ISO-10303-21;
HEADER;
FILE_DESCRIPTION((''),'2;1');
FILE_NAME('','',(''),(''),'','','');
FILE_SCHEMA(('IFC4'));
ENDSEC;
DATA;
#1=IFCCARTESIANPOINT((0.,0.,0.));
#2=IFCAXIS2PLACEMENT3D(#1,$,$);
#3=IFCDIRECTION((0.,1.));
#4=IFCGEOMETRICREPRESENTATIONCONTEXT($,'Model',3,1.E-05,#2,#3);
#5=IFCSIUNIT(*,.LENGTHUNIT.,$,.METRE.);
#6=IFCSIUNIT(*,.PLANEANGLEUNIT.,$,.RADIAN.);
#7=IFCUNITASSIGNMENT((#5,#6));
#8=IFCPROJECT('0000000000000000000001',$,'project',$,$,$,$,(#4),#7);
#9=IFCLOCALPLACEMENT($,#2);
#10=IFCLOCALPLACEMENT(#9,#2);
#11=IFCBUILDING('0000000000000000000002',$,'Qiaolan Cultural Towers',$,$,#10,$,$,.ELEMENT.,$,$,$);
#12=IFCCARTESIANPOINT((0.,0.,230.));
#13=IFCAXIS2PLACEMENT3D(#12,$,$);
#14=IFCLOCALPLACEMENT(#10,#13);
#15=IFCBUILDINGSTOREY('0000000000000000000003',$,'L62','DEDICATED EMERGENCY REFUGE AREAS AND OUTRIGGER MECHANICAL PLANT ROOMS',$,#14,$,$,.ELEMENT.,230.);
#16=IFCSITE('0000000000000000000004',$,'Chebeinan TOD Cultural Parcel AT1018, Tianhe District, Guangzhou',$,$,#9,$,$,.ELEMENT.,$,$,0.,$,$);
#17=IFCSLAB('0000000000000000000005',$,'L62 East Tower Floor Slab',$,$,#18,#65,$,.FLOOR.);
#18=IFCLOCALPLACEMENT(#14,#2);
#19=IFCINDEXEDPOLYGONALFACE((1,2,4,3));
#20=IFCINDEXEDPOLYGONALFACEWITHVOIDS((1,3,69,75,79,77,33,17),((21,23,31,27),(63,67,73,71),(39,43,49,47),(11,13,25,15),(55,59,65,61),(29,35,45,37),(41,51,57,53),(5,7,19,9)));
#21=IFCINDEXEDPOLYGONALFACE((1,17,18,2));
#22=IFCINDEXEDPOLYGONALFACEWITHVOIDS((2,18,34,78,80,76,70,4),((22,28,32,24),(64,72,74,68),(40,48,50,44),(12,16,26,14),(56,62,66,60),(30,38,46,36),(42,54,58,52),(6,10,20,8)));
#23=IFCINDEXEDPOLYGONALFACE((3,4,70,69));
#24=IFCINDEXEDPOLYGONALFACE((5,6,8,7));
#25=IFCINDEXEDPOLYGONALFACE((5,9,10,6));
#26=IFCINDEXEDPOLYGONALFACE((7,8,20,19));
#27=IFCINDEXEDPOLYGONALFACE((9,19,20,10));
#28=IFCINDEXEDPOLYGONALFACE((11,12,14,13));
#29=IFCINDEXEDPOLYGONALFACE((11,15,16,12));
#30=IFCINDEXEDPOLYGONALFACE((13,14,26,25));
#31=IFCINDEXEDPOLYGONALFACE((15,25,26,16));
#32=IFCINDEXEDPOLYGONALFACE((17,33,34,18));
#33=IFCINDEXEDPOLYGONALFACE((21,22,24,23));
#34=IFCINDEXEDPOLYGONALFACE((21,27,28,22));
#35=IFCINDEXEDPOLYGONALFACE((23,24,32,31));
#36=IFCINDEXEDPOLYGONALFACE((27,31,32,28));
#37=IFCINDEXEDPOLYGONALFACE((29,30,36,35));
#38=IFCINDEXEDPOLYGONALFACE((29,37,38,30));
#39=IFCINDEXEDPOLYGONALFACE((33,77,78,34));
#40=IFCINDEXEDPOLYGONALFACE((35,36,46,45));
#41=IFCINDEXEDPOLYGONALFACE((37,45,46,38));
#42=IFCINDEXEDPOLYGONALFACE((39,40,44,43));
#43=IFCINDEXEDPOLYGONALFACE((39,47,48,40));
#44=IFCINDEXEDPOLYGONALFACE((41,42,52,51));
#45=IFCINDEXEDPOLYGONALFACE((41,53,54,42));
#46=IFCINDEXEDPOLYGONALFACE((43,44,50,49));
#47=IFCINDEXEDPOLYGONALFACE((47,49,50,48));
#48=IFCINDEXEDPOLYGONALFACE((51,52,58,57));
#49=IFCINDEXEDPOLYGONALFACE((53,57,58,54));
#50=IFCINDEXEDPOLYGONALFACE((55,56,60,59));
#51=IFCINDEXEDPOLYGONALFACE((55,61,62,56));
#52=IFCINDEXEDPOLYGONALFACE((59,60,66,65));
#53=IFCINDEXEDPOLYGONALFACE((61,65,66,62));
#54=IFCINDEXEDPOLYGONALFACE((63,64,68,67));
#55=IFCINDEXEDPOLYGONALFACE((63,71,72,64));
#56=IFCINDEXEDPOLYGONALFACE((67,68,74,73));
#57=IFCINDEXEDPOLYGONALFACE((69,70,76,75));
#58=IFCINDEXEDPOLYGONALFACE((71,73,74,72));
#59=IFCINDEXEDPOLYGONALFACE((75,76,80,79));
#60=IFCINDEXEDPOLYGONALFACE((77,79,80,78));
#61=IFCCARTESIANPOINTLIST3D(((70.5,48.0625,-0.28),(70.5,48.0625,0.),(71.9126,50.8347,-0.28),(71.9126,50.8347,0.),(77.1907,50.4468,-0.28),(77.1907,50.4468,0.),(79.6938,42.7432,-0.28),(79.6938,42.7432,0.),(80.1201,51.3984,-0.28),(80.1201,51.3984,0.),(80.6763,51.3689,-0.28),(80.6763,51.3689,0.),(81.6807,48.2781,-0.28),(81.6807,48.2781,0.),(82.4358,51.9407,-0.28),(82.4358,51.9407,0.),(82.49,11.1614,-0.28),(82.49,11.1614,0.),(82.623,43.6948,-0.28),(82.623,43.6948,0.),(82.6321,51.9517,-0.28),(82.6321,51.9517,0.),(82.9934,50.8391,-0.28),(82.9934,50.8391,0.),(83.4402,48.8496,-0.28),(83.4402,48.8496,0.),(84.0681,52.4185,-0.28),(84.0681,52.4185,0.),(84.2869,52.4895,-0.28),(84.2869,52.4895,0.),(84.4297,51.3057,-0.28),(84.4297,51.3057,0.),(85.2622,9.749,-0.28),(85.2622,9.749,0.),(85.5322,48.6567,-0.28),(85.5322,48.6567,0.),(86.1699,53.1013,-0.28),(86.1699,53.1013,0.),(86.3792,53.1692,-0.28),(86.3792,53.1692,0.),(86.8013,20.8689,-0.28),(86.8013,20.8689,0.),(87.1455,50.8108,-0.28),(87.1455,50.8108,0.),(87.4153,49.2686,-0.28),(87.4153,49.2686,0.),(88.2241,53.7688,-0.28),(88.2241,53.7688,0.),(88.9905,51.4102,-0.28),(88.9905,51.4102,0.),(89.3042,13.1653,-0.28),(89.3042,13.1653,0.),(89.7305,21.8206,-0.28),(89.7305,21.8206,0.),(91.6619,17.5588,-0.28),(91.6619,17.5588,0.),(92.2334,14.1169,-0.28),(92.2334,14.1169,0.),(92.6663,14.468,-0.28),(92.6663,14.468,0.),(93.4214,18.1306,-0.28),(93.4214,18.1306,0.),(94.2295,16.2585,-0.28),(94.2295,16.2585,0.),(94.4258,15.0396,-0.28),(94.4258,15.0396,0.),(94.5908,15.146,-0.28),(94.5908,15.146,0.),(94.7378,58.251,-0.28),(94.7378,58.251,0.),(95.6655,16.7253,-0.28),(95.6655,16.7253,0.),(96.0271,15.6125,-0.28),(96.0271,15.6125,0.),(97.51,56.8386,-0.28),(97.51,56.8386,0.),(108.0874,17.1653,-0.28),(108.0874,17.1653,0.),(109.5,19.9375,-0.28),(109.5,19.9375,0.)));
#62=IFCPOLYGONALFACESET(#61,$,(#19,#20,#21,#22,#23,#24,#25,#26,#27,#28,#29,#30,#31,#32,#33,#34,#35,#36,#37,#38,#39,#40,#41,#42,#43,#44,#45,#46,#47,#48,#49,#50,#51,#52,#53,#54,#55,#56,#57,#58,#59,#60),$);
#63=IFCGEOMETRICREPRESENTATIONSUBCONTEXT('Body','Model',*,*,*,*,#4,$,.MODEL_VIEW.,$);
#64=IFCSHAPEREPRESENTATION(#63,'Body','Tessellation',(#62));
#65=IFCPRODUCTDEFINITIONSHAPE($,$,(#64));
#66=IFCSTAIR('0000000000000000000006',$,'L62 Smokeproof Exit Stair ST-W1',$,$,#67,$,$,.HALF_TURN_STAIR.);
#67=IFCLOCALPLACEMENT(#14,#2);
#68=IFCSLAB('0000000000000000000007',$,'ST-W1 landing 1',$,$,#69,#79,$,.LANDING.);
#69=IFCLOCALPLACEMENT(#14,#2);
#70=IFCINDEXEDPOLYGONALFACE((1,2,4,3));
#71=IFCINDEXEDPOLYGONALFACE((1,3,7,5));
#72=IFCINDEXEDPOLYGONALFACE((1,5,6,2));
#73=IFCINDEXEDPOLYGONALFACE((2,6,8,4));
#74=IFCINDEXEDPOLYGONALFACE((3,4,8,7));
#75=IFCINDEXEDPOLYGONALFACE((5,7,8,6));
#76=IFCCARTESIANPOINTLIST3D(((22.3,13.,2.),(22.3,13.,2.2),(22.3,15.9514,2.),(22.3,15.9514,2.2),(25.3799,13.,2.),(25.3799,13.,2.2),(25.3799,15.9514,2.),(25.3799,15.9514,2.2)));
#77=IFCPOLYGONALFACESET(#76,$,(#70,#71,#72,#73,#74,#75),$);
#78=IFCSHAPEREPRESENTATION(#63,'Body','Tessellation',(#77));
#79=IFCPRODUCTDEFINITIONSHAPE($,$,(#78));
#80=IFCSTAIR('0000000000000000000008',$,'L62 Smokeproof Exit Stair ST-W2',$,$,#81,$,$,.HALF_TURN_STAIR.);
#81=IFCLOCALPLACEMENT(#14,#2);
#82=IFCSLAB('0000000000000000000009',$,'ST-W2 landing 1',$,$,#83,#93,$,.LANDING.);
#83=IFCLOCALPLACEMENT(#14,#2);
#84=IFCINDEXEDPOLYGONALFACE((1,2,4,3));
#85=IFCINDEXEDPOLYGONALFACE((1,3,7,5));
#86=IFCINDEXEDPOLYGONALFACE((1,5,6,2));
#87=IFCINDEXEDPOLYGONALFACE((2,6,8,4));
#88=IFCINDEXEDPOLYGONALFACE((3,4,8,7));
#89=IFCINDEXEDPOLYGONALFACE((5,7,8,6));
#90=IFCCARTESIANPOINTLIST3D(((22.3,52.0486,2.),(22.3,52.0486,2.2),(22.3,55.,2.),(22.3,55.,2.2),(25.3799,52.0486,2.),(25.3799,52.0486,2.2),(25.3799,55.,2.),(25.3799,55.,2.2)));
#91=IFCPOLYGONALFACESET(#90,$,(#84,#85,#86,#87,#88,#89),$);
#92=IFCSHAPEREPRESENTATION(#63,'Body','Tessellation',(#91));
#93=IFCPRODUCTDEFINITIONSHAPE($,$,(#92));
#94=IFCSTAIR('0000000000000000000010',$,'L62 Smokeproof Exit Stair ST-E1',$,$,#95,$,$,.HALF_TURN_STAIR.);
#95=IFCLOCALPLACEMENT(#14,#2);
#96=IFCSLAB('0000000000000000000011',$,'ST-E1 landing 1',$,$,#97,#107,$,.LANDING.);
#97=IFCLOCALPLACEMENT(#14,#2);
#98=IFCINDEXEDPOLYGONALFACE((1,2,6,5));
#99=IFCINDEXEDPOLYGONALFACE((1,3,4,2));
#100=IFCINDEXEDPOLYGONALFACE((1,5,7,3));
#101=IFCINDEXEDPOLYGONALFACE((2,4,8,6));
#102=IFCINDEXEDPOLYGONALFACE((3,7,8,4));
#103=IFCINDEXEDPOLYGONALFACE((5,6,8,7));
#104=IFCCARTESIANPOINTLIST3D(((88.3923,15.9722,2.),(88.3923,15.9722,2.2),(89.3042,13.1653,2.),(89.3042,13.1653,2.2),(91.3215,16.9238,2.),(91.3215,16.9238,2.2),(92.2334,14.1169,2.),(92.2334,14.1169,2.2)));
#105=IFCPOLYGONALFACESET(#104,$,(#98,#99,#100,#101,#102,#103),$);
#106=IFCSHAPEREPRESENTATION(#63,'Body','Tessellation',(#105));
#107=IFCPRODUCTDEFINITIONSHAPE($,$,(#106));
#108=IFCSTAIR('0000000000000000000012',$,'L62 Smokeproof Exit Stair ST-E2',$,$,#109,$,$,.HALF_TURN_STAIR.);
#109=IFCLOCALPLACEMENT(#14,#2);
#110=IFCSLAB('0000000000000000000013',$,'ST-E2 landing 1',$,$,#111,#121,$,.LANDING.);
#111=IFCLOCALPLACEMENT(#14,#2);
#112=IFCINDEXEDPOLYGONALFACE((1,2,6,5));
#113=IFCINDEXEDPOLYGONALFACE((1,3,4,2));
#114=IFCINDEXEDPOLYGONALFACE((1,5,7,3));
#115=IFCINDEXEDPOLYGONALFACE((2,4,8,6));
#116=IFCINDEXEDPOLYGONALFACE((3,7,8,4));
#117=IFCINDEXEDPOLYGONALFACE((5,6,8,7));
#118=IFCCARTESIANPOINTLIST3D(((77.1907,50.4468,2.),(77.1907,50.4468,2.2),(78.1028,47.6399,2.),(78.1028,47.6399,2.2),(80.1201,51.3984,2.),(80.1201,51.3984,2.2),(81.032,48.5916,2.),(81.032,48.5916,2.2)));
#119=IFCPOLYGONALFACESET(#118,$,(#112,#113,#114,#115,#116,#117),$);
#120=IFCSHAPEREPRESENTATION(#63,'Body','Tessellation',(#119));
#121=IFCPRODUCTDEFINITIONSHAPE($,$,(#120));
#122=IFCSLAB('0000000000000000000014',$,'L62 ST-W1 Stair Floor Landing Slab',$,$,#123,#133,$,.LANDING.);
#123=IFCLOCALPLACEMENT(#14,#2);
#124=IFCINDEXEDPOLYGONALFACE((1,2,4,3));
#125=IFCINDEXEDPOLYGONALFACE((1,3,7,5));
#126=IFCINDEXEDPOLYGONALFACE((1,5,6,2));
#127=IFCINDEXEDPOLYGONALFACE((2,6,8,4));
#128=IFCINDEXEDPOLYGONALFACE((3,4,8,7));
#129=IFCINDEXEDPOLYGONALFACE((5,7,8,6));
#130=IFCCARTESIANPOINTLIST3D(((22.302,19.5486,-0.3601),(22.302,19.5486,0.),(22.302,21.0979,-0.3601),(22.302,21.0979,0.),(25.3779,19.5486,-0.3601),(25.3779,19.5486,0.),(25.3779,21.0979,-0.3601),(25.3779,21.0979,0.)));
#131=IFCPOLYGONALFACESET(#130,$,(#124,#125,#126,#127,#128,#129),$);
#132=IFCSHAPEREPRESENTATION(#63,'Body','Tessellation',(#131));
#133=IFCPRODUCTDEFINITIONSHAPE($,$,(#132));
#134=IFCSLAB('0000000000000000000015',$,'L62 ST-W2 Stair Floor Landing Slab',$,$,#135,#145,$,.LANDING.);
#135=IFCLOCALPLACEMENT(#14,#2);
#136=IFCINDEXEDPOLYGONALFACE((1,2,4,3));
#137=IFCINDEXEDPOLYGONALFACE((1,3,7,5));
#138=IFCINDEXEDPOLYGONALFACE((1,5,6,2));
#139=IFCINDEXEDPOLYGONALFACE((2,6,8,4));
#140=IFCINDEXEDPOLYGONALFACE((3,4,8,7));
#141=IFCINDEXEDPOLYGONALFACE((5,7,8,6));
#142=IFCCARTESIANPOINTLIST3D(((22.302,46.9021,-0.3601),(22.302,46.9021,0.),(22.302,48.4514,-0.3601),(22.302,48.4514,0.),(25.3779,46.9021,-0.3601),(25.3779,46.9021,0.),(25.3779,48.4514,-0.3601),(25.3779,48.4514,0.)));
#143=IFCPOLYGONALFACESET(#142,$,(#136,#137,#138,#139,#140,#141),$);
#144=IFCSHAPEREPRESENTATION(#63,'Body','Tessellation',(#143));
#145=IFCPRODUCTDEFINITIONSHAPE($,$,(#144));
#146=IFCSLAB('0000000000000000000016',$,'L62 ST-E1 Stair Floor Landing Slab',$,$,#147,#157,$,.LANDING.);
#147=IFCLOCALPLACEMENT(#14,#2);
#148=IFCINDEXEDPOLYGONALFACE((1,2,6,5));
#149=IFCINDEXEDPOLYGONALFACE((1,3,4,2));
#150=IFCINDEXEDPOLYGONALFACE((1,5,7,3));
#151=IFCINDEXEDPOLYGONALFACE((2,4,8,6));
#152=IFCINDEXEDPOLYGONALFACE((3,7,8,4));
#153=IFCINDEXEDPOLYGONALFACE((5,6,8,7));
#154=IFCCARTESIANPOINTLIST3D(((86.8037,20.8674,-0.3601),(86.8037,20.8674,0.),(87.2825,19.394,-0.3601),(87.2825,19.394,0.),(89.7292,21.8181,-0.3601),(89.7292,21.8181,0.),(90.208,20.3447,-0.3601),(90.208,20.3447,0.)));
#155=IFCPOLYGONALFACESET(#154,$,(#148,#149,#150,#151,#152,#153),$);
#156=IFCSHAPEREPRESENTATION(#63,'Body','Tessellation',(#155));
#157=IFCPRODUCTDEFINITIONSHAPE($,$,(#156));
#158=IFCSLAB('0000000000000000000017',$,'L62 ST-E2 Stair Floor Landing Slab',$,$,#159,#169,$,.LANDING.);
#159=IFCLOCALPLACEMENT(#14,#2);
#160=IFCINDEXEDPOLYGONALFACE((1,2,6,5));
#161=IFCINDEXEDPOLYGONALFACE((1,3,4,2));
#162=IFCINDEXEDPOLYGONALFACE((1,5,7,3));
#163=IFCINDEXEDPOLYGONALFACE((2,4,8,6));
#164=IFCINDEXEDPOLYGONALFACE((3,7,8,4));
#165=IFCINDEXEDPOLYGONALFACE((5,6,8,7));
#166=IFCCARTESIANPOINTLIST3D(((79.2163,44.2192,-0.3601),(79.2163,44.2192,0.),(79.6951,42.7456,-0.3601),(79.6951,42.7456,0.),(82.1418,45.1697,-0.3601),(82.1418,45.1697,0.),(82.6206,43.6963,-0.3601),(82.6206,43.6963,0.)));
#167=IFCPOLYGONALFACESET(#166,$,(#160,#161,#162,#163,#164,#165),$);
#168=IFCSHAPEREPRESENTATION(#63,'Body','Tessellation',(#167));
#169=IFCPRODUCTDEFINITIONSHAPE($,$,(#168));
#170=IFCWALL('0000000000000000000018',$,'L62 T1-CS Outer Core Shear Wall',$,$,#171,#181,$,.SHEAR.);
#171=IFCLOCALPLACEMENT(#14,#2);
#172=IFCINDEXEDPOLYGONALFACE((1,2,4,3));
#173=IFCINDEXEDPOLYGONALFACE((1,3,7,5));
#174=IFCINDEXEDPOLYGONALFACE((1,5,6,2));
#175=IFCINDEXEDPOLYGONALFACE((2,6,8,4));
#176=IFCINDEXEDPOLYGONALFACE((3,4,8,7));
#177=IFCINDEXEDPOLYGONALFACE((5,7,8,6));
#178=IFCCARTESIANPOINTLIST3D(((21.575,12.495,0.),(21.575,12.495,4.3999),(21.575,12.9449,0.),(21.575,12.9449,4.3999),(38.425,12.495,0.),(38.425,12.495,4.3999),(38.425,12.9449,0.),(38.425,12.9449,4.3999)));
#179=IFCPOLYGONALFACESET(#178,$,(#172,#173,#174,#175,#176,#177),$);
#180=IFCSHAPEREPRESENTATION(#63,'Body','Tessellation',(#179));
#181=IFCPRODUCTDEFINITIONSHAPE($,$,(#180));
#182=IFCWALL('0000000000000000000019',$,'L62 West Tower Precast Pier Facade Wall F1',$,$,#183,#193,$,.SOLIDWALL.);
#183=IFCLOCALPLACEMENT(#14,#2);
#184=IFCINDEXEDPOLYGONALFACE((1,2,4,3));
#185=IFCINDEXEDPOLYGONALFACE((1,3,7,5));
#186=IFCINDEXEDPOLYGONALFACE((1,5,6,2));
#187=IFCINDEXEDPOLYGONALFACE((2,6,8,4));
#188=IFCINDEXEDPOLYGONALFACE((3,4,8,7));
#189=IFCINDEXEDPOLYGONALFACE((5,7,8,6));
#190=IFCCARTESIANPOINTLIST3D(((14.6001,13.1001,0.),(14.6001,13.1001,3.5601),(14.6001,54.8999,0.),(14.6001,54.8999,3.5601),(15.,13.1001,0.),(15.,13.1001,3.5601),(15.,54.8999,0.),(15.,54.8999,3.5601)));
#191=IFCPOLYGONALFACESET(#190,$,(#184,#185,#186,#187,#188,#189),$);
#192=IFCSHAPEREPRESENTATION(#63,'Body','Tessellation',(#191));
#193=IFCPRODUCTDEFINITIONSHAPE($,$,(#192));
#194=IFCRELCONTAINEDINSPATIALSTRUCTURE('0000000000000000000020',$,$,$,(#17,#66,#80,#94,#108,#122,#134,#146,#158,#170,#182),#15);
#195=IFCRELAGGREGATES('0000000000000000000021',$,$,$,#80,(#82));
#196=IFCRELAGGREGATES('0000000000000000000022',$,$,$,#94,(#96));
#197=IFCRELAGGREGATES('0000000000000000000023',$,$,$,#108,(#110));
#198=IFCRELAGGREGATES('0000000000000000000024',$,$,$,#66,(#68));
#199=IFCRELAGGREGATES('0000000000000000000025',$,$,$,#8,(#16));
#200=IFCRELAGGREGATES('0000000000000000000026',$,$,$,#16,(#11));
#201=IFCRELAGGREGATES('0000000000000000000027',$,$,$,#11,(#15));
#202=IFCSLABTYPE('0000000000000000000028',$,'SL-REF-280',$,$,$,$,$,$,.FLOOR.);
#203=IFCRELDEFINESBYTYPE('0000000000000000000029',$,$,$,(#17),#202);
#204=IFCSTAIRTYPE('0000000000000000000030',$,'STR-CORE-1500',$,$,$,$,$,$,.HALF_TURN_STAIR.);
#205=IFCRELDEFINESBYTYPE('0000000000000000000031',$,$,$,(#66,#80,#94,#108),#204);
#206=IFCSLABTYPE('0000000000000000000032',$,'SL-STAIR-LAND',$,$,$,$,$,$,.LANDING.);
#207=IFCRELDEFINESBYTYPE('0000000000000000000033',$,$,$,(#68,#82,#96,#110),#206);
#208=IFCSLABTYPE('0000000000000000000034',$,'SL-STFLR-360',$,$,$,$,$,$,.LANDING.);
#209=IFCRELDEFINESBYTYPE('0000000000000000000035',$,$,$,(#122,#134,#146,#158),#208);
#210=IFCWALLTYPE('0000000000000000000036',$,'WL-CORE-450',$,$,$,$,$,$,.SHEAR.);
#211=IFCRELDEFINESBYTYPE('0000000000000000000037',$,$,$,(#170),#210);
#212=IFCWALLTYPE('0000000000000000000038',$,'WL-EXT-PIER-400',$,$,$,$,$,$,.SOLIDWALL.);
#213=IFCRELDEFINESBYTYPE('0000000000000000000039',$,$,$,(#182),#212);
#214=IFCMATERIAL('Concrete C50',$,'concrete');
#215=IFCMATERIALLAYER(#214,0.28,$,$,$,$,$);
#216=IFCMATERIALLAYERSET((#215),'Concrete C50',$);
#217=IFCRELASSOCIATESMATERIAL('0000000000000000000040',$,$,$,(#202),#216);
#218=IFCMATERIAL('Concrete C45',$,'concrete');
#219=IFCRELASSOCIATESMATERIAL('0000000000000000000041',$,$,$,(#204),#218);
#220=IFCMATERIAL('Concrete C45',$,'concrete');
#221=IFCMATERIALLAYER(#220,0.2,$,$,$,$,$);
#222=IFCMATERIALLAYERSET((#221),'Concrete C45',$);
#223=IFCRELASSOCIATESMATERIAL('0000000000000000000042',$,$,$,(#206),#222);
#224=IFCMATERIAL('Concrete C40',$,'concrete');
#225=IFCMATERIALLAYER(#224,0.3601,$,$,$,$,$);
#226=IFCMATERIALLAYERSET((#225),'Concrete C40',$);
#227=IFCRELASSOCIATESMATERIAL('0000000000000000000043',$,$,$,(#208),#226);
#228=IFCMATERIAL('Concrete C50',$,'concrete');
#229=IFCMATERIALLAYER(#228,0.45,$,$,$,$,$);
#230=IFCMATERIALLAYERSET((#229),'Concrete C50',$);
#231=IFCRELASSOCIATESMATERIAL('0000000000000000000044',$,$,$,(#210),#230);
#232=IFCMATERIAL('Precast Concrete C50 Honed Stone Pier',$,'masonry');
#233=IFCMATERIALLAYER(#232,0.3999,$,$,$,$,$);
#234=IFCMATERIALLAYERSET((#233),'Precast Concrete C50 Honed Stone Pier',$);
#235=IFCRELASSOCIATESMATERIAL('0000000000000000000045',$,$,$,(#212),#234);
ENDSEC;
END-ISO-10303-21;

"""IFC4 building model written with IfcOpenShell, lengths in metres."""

from ifc_helpers import new_model, si_unit, direction, frame, frame_2d, origin, place, context, subcontext, project, spatial, polyline, rectangle, outline, extrude, material, layer, layer_set, type_object, element, aggregate, save


model = new_model("IFC4")

# Units and contexts
model_context = context("Model", 3, precision=1e-05, world=origin(), true_north=direction((0.0, 1.0)))
body_context = subcontext(model_context, "Body", "Model", "MODEL_VIEW")
ifc_project = project(units=[si_unit("LENGTHUNIT", "METRE"), si_unit("PLANEANGLEUNIT", "RADIAN")], contexts=[model_context])

# Site, building, storey
site_placement = place(None, origin())
site = spatial("IfcSite", under=ifc_project, at=site_placement, Name="Chebeinan TOD Cultural Parcel AT1018, Tianhe District, Guangzhou", CompositionType="ELEMENT", RefElevation=0.0)
building_placement = place(site_placement, origin())
building = spatial("IfcBuilding", under=site, at=building_placement, Name="Qiaolan Cultural Towers", CompositionType="ELEMENT")
storey_placement = place(building_placement, frame((0.0, 0.0, 230.0)))
storey = spatial("IfcBuildingStorey", under=building, at=storey_placement, Name="L62", Description="DEDICATED EMERGENCY REFUGE AREAS AND OUTRIGGER MECHANICAL PLANT ROOMS", CompositionType="ELEMENT", Elevation=230.0)

# Slab
ifc_material_1 = material(Name="Concrete C50", Category="concrete")
ifc_layer_1 = layer(ifc_material_1, 0.28)
ifc_layer_set_1 = layer_set([ifc_layer_1], Name="Concrete C50")
slab_type_1 = type_object("IfcSlabType", Name="SL-REF-280", PredefinedType="FLOOR", material=ifc_layer_set_1)
slab_1_placement = place(storey_placement, frame((0.0, 0.0, -0.28)))
element("IfcSlab", 1, at=slab_1_placement, inside=storey, type_object=slab_type_1, Name="L62 East Tower Floor Slab", PredefinedType="FLOOR", context=body_context, shape_type="SweptSolid", body=[
    extrude(outline(polyline([(85.2622, 9.749), (108.0874, 17.1653), (109.5, 19.9375), (97.51, 56.8386), (94.7378, 58.251), (71.9126, 50.8347), (70.5, 48.0625), (82.49, 11.1614), (85.2622, 9.749)]), holes=[polyline([(86.8013, 20.8689), (89.3042, 13.1653), (92.2334, 14.1169), (89.7305, 21.8206), (86.8013, 20.8689)]), polyline([(82.623, 43.6948), (80.1201, 51.3984), (77.1907, 50.4468), (79.6938, 42.7432), (82.623, 43.6948)]), polyline([(92.6663, 14.468), (94.4258, 15.0396), (93.4214, 18.1306), (91.6619, 17.5588), (92.6663, 14.468)]), polyline([(94.5908, 15.146), (96.0271, 15.6125), (95.6655, 16.7253), (94.2295, 16.2585), (94.5908, 15.146)]), polyline([(81.6807, 48.2781), (83.4402, 48.8496), (82.4358, 51.9407), (80.6763, 51.3689), (81.6807, 48.2781)]), polyline([(82.9934, 50.8391), (84.4297, 51.3057), (84.0681, 52.4185), (82.6321, 51.9517), (82.9934, 50.8391)]), polyline([(87.1455, 50.8108), (88.9905, 51.4102), (88.2241, 53.7688), (86.3792, 53.1692), (87.1455, 50.8108)]), polyline([(85.5322, 48.6567), (87.4153, 49.2686), (86.1699, 53.1013), (84.2869, 52.4895), (85.5322, 48.6567)])]), origin(), (0.0, 0.0, 1.0), 0.28),
])

# Stairs, slabs
ifc_material_2 = material(Name="Concrete C45", Category="concrete")
stair_type = type_object("IfcStairType", Name="STR-CORE-1500", PredefinedType="HALF_TURN_STAIR", material=ifc_material_2)
stair_1_placement = place(storey_placement, origin())
stair_1 = element("IfcStair", 2, at=stair_1_placement, inside=storey, type_object=stair_type, Name="L62 Smokeproof Exit Stair ST-W1", PredefinedType="HALF_TURN_STAIR")
ifc_material_3 = material(Name="Concrete C45", Category="concrete")
ifc_layer_2 = layer(ifc_material_3, 0.2)
ifc_layer_set_2 = layer_set([ifc_layer_2], Name="Concrete C45")
slab_type_2 = type_object("IfcSlabType", Name="SL-STAIR-LAND", PredefinedType="LANDING", material=ifc_layer_set_2)
slab_2_placement = place(storey_placement, frame((0.0, 0.0, 2.0)))
slab_2 = element("IfcSlab", 3, at=slab_2_placement, type_object=slab_type_2, Name="ST-W1 landing 1", PredefinedType="LANDING", context=body_context, shape_type="SweptSolid", body=[
    extrude(outline(polyline([(22.3, 15.9514), (22.3, 13.0), (25.3799, 13.0), (25.3799, 15.9514), (22.3, 15.9514)])), origin(), (0.0, 0.0, 1.0), 0.2),
])
stair_2_placement = place(storey_placement, origin())
stair_2 = element("IfcStair", 4, at=stair_2_placement, inside=storey, type_object=stair_type, Name="L62 Smokeproof Exit Stair ST-W2", PredefinedType="HALF_TURN_STAIR")
slab_3_placement = place(storey_placement, frame((0.0, 0.0, 2.0)))
slab_3 = element("IfcSlab", 5, at=slab_3_placement, type_object=slab_type_2, Name="ST-W2 landing 1", PredefinedType="LANDING", context=body_context, shape_type="SweptSolid", body=[
    extrude(outline(polyline([(25.3799, 52.0486), (25.3799, 55.0), (22.3, 55.0), (22.3, 52.0486), (25.3799, 52.0486)])), origin(), (0.0, 0.0, 1.0), 0.2),
])
aggregate(stair_2, [slab_3])
stair_3_placement = place(storey_placement, origin())
stair_3 = element("IfcStair", 6, at=stair_3_placement, inside=storey, type_object=stair_type, Name="L62 Smokeproof Exit Stair ST-E1", PredefinedType="HALF_TURN_STAIR")
slab_4_placement = place(storey_placement, frame((0.0, 0.0, 2.0)))
slab_4 = element("IfcSlab", 7, at=slab_4_placement, type_object=slab_type_2, Name="ST-E1 landing 1", PredefinedType="LANDING", context=body_context, shape_type="SweptSolid", body=[
    extrude(outline(polyline([(88.3923, 15.9722), (89.3042, 13.1653), (92.2334, 14.1169), (91.3215, 16.9238), (88.3923, 15.9722)])), origin(), (0.0, 0.0, 1.0), 0.2),
])
aggregate(stair_3, [slab_4])
stair_4_placement = place(storey_placement, origin())
stair_4 = element("IfcStair", 8, at=stair_4_placement, inside=storey, type_object=stair_type, Name="L62 Smokeproof Exit Stair ST-E2", PredefinedType="HALF_TURN_STAIR")
slab_5_placement = place(storey_placement, frame((0.0, 0.0, 2.0)))
slab_5 = element("IfcSlab", 9, at=slab_5_placement, type_object=slab_type_2, Name="ST-E2 landing 1", PredefinedType="LANDING", context=body_context, shape_type="SweptSolid", body=[
    extrude(outline(polyline([(81.032, 48.5916), (80.1201, 51.3984), (77.1907, 50.4468), (78.1028, 47.6399), (81.032, 48.5916)])), origin(), (0.0, 0.0, 1.0), 0.2),
])
aggregate(stair_4, [slab_5])

# Slabs
ifc_material_4 = material(Name="Concrete C40", Category="concrete")
ifc_layer_3 = layer(ifc_material_4, 0.3601)
ifc_layer_set_3 = layer_set([ifc_layer_3], Name="Concrete C40")
slab_type_3 = type_object("IfcSlabType", Name="SL-STFLR-360", PredefinedType="LANDING", material=ifc_layer_set_3)
slab_6_placement = place(storey_placement, frame((0.0, 0.0, -0.3601)))
element("IfcSlab", 10, at=slab_6_placement, inside=storey, type_object=slab_type_3, Name="L62 ST-W1 Stair Floor Landing Slab", PredefinedType="LANDING", context=body_context, shape_type="SweptSolid", body=[
    extrude(outline(polyline([(22.302, 21.0979), (22.302, 19.5486), (25.3779, 19.5486), (25.3779, 21.0979), (22.302, 21.0979)])), origin(), (0.0, 0.0, 1.0), 0.3601),
])
slab_7_placement = place(storey_placement, frame((0.0, 0.0, -0.3601)))
element("IfcSlab", 11, at=slab_7_placement, inside=storey, type_object=slab_type_3, Name="L62 ST-W2 Stair Floor Landing Slab", PredefinedType="LANDING", context=body_context, shape_type="SweptSolid", body=[
    extrude(outline(polyline([(25.3779, 46.9021), (25.3779, 48.4514), (22.302, 48.4514), (22.302, 46.9021), (25.3779, 46.9021)])), origin(), (0.0, 0.0, 1.0), 0.3601),
])
slab_8_placement = place(storey_placement, frame((0.0, 0.0, -0.3601)))
element("IfcSlab", 12, at=slab_8_placement, inside=storey, type_object=slab_type_3, Name="L62 ST-E1 Stair Floor Landing Slab", PredefinedType="LANDING", context=body_context, shape_type="SweptSolid", body=[
    extrude(outline(polyline([(86.8037, 20.8674), (87.2825, 19.394), (90.208, 20.3447), (89.7292, 21.8181), (86.8037, 20.8674)])), origin(), (0.0, 0.0, 1.0), 0.3601),
])
slab_9_placement = place(storey_placement, frame((0.0, 0.0, -0.3601)))
element("IfcSlab", 13, at=slab_9_placement, inside=storey, type_object=slab_type_3, Name="L62 ST-E2 Stair Floor Landing Slab", PredefinedType="LANDING", context=body_context, shape_type="SweptSolid", body=[
    extrude(outline(polyline([(82.6206, 43.6963), (82.1418, 45.1697), (79.2163, 44.2192), (79.6951, 42.7456), (82.6206, 43.6963)])), origin(), (0.0, 0.0, 1.0), 0.3601),
])

# Walls
ifc_material_5 = material(Name="Concrete C50", Category="concrete")
ifc_layer_4 = layer(ifc_material_5, 0.45)
ifc_layer_set_4 = layer_set([ifc_layer_4], Name="Concrete C50")
wall_type_1 = type_object("IfcWallType", Name="WL-CORE-450", PredefinedType="SHEAR", material=ifc_layer_set_4)
wall_1_placement = place(storey_placement, frame((21.575, 12.72, 0.0), z_axis=(0.0, 0.0, 1.0), x_axis=(1.0, 0.0, 0.0)))
element("IfcWall", 14, at=wall_1_placement, inside=storey, type_object=wall_type_1, Name="L62 T1-CS Outer Core Shear Wall", PredefinedType="SHEAR", context=body_context, shape_type="SweptSolid", body=[
    extrude(rectangle(XDim=16.8501, YDim=0.45, at=frame_2d((8.425, 0.0))), origin(), (0.0, 0.0, 1.0), 4.3999),
])
ifc_material_6 = material(Name="Precast Concrete C50 Honed Stone Pier", Category="masonry")
ifc_layer_5 = layer(ifc_material_6, 0.3999)
ifc_layer_set_5 = layer_set([ifc_layer_5], Name="Precast Concrete C50 Honed Stone Pier")
wall_type_2 = type_object("IfcWallType", Name="WL-EXT-PIER-400", PredefinedType="SOLIDWALL", material=ifc_layer_set_5)
wall_2_placement = place(storey_placement, frame((14.8, 13.1001, 0.0), z_axis=(0.0, 0.0, 1.0), x_axis=(0.0, 1.0, 0.0)))
element("IfcWall", 15, at=wall_2_placement, inside=storey, type_object=wall_type_2, Name="L62 West Tower Precast Pier Facade Wall F1", PredefinedType="SOLIDWALL", context=body_context, shape_type="SweptSolid", body=[
    extrude(rectangle(XDim=41.7998, YDim=0.3999, at=frame_2d((20.8999, 0.0))), origin(), (0.0, 0.0, 1.0), 3.5601),
])

aggregate(stair_1, [slab_2])

save(model, "model.ifc")
